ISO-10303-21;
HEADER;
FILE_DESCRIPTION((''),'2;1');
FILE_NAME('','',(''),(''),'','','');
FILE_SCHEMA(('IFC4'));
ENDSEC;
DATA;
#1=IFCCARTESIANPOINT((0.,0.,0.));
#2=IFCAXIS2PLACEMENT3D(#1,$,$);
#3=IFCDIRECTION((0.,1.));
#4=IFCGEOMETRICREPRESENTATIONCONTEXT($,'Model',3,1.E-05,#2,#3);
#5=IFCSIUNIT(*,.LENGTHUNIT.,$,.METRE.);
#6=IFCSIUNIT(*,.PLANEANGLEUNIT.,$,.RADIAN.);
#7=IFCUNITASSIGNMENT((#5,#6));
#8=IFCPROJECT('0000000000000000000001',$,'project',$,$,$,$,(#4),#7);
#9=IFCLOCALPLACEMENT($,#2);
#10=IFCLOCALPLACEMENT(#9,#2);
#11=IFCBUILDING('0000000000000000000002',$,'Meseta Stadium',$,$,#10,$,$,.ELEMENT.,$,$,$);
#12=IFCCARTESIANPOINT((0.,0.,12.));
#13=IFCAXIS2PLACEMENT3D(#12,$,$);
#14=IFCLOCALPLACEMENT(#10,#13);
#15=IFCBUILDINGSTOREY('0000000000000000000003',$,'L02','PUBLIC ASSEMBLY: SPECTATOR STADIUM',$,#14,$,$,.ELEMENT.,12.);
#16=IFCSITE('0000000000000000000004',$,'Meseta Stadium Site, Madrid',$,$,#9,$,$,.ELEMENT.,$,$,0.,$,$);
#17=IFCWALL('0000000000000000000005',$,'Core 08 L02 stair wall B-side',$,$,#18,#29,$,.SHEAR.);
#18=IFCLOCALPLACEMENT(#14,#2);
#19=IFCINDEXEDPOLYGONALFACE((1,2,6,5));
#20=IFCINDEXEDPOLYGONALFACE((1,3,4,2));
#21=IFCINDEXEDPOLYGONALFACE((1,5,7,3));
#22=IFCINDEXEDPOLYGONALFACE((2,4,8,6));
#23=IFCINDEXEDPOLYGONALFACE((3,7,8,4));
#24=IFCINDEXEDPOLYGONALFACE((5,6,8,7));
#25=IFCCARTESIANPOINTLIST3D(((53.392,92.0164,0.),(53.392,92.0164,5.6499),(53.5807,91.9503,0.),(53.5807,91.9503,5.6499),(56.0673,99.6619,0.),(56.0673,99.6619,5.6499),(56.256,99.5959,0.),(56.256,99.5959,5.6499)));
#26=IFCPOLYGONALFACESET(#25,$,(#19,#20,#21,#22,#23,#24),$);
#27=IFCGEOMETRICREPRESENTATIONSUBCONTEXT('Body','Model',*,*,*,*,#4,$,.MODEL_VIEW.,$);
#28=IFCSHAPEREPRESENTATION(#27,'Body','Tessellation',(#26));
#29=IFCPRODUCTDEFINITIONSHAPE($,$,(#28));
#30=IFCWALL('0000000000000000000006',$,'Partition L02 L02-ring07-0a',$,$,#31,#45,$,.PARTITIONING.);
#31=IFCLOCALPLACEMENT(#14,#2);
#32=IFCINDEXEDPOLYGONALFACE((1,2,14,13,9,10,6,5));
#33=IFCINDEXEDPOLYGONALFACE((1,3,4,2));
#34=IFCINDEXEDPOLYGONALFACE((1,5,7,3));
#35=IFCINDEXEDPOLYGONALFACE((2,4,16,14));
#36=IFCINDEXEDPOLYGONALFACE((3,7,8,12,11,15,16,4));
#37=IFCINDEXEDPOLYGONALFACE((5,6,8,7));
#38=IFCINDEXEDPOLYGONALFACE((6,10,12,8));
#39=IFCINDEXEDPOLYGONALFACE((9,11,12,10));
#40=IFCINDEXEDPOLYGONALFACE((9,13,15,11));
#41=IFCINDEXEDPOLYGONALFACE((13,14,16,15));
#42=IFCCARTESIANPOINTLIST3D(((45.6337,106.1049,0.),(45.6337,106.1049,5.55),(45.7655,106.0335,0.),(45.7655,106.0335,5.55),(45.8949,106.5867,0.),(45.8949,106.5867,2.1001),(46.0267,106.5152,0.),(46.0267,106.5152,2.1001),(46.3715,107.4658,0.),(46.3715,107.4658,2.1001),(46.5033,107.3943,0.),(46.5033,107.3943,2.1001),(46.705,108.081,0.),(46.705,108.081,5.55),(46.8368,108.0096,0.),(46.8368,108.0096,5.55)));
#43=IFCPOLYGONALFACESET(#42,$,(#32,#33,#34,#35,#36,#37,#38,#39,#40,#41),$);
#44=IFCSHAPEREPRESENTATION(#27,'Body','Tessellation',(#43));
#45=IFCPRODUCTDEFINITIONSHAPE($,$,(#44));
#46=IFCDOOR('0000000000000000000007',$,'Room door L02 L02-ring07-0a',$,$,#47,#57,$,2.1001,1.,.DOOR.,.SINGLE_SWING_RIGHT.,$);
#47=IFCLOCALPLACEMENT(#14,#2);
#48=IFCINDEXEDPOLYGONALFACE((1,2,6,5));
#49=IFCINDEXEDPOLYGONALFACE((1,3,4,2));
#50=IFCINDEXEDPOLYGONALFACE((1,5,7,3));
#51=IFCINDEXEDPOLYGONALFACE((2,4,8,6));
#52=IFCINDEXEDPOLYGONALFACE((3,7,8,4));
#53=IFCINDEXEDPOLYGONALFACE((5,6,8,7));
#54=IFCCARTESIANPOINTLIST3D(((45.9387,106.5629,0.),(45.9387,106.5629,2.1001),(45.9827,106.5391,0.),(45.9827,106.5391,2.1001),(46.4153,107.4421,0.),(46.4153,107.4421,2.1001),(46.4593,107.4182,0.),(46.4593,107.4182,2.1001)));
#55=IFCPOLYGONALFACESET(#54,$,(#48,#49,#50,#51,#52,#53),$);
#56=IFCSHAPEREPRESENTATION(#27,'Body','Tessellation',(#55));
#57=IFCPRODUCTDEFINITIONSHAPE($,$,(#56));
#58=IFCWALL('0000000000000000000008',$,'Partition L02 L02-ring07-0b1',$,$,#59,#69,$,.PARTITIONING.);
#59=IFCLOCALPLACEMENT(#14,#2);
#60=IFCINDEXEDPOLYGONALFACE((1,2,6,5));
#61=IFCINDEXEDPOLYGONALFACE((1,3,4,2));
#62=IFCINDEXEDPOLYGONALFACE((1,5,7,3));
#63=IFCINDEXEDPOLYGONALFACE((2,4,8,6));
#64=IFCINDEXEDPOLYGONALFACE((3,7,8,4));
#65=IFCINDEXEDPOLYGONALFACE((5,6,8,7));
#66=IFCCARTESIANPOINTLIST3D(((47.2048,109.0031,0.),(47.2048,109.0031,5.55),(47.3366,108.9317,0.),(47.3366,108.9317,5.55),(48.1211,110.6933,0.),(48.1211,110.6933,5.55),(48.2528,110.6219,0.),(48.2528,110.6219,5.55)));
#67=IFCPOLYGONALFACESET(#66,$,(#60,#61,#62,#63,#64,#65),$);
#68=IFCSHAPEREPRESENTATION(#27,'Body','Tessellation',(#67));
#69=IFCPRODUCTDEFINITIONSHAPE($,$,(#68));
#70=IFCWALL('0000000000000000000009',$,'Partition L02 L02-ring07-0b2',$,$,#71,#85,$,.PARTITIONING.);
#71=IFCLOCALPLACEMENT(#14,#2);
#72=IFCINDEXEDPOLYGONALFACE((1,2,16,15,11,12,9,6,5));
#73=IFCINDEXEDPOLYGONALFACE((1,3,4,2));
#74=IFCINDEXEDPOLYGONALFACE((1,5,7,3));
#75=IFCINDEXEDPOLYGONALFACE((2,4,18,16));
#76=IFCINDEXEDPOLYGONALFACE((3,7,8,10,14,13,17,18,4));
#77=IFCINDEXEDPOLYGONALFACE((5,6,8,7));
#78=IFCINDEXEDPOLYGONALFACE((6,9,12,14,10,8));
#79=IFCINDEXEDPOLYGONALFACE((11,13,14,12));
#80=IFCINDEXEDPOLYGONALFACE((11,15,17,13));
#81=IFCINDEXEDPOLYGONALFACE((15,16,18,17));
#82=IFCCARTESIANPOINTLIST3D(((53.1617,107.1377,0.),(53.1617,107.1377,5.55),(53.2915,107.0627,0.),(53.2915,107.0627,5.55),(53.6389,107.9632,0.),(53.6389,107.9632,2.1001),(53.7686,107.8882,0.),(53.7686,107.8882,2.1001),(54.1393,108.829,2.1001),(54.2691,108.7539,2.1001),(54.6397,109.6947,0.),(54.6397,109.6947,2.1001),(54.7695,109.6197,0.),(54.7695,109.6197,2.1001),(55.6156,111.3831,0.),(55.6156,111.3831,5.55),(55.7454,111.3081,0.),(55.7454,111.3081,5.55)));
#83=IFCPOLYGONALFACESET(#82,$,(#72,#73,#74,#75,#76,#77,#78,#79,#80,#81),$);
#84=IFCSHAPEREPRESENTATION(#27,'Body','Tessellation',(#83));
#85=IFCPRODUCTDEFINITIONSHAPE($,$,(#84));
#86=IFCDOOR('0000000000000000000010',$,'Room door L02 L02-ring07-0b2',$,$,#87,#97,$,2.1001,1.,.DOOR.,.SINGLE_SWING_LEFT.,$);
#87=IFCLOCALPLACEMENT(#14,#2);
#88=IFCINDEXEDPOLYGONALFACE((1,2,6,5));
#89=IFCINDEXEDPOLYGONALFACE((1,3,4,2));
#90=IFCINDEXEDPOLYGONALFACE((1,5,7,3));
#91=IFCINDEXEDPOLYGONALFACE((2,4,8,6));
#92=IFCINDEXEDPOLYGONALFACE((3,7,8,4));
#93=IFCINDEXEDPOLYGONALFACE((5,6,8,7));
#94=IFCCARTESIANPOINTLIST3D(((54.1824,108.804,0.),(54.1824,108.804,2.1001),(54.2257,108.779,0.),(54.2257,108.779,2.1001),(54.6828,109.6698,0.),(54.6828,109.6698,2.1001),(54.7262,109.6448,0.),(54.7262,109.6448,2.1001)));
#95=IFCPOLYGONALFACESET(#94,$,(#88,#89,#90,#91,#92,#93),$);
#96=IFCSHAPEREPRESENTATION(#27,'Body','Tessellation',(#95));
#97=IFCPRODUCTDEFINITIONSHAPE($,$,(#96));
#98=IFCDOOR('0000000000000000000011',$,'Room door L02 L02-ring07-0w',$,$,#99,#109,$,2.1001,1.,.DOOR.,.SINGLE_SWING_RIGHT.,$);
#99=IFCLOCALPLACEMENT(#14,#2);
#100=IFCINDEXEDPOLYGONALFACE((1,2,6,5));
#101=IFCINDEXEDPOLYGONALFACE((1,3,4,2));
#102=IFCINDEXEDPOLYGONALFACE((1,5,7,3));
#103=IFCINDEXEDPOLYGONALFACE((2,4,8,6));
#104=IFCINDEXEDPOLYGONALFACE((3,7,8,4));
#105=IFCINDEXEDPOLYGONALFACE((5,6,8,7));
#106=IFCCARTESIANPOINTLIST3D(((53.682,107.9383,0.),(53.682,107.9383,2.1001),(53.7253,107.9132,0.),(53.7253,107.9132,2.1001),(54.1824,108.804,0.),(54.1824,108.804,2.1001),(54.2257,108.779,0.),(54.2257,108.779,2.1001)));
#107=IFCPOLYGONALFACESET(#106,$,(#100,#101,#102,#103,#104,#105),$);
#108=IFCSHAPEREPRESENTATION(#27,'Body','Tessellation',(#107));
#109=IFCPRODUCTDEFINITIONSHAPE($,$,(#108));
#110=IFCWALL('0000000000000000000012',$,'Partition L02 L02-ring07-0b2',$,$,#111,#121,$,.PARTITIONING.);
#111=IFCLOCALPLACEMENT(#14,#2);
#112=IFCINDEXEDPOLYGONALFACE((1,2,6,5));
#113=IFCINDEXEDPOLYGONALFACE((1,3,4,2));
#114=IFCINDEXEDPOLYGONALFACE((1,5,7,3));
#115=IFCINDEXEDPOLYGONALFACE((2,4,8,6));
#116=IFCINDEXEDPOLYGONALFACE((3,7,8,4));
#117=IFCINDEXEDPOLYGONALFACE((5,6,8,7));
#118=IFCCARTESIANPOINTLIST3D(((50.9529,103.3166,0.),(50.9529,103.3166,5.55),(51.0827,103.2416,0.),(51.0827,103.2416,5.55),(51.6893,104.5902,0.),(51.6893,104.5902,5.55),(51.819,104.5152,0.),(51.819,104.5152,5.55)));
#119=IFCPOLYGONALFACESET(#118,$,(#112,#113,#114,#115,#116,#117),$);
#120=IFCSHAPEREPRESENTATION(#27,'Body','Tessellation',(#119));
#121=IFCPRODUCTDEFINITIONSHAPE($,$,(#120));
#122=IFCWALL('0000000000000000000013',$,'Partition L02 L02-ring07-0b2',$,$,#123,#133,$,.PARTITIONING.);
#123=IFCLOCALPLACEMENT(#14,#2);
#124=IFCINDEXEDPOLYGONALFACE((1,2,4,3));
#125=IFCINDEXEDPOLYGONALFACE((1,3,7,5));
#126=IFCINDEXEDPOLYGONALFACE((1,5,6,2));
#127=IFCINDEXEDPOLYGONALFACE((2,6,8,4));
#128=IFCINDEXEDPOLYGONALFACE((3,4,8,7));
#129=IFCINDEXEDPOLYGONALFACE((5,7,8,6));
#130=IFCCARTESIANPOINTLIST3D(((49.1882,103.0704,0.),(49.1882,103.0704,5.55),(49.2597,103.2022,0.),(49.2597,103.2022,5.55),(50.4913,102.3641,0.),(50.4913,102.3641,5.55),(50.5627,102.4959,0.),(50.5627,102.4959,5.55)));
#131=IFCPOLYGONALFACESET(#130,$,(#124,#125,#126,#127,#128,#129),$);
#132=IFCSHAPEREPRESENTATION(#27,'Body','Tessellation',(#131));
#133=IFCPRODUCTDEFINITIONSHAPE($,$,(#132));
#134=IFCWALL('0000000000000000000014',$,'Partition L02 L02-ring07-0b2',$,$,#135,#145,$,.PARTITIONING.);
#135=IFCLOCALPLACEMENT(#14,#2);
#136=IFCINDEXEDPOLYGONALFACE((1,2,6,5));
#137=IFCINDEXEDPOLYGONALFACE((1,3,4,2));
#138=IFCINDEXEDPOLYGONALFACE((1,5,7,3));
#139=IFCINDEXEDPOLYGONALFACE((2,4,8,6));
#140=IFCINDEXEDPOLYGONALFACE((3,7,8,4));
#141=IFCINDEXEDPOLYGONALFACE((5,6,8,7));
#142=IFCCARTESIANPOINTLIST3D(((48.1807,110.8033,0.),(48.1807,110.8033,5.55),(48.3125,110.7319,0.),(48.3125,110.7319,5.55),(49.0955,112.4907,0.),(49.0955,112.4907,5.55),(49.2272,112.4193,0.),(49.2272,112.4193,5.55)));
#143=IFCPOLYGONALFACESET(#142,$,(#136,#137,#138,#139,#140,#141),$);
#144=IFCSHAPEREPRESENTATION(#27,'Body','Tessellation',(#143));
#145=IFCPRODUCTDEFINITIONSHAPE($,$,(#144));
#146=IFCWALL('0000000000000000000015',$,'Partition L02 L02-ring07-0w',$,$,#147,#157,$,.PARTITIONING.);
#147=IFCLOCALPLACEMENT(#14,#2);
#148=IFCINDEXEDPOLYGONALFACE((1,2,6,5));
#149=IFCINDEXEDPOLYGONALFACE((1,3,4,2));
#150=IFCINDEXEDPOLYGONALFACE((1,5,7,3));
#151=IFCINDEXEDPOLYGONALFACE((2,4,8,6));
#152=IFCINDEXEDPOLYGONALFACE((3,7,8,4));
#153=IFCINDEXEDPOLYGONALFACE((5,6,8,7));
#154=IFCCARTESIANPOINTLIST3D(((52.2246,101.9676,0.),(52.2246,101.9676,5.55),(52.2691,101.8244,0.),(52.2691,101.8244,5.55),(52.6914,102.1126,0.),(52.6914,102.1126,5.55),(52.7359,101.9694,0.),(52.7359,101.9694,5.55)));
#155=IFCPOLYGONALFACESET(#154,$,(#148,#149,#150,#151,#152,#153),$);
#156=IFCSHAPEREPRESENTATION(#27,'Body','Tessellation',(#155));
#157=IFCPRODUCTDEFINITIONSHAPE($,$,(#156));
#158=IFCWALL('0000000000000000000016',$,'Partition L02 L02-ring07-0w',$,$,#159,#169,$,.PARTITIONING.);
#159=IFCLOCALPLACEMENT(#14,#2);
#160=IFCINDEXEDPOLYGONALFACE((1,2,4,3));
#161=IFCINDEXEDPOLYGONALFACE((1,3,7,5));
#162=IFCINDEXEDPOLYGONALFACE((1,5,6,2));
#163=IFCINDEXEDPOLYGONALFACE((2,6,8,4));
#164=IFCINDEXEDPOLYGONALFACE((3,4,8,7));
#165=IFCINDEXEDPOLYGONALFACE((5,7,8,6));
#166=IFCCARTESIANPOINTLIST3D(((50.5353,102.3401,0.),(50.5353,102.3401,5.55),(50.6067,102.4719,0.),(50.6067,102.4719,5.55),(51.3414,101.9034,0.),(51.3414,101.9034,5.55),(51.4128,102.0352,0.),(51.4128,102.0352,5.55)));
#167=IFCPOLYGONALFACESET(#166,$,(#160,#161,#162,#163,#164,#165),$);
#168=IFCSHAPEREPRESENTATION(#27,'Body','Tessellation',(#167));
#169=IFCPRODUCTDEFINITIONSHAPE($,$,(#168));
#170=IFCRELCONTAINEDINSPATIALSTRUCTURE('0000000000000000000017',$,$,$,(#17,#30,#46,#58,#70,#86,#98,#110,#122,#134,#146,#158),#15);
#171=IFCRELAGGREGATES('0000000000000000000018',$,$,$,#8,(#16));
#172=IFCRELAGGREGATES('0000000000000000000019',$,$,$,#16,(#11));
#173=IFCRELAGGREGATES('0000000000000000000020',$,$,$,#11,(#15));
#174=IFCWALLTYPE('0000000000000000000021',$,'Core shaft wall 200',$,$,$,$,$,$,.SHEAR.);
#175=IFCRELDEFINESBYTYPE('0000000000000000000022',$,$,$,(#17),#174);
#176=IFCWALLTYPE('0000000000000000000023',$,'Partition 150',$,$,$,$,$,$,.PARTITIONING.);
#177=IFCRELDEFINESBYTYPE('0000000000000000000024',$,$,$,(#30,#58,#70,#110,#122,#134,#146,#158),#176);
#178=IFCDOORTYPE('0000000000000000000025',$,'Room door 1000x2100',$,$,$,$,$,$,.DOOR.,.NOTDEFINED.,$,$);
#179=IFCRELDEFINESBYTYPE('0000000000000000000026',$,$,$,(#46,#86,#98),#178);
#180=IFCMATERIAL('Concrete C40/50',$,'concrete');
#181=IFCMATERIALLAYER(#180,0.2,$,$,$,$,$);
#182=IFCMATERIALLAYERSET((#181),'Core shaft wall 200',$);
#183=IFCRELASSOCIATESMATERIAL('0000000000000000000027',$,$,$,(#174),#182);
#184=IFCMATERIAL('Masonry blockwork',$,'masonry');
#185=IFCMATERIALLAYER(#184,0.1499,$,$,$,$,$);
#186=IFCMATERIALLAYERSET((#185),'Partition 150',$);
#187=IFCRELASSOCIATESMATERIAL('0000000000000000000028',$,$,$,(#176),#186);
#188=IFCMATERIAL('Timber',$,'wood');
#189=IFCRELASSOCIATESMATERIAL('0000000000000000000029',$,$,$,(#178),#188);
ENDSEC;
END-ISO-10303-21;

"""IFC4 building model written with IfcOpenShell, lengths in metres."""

from ifc_helpers import new_model, si_unit, direction, frame, frame_2d, origin, place, context, subcontext, project, spatial, rectangle, extrude, material, layer, layer_set, type_object, element, fill, save


model = new_model("IFC4")

# Units and contexts
model_context = context("Model", 3, precision=1e-05, world=origin(), true_north=direction((0.0, 1.0)))
body_context = subcontext(model_context, "Body", "Model", "MODEL_VIEW")
ifc_project = project(units=[si_unit("LENGTHUNIT", "METRE"), si_unit("PLANEANGLEUNIT", "RADIAN")], contexts=[model_context])

# Site, building, storey
site_placement = place(None, origin())
site = spatial("IfcSite", under=ifc_project, at=site_placement, Name="Meseta Stadium Site, Madrid", CompositionType="ELEMENT", RefElevation=0.0)
building_placement = place(site_placement, origin())
building = spatial("IfcBuilding", under=site, at=building_placement, Name="Meseta Stadium", CompositionType="ELEMENT")
storey_placement = place(building_placement, frame((0.0, 0.0, 12.0)))
storey = spatial("IfcBuildingStorey", under=building, at=storey_placement, Name="L02", Description="PUBLIC ASSEMBLY: SPECTATOR STADIUM", CompositionType="ELEMENT", Elevation=12.0)

# Wall
ifc_material_1 = material(Name="Concrete C40/50", Category="concrete")
ifc_layer_1 = layer(ifc_material_1, 0.2)
ifc_layer_set_1 = layer_set([ifc_layer_1], Name="Core shaft wall 200")
wall_type_1 = type_object("IfcWallType", Name="Core shaft wall 200", PredefinedType="SHEAR", material=ifc_layer_set_1)
wall_1_placement = place(storey_placement, frame((56.1616, 99.6289, 0.0), z_axis=(0.0, 0.0, 1.0), x_axis=(-0.330281, -0.943883, 0.0)))
element("IfcWall", 1, at=wall_1_placement, inside=storey, type_object=wall_type_1, Name="Core 08 L02 stair wall B-side", PredefinedType="SHEAR", context=body_context, shape_type="SweptSolid", body=[
    extrude(rectangle(XDim=8.1001, YDim=0.2, at=frame_2d((4.05, 0.0))), origin(), (0.0, 0.0, 1.0), 5.6499),
])

# Wall, opening, door
ifc_material_2 = material(Name="Masonry blockwork", Category="masonry")
ifc_layer_2 = layer(ifc_material_2, 0.1499)
ifc_layer_set_2 = layer_set([ifc_layer_2], Name="Partition 150")
wall_type_2 = type_object("IfcWallType", Name="Partition 150", PredefinedType="PARTITIONING", material=ifc_layer_set_2)
wall_2_placement = place(storey_placement, frame((46.771, 108.0454, 0.0), z_axis=(0.0, 0.0, 1.0), x_axis=(-0.476598, -0.879121, 0.0)))
wall_2 = element("IfcWall", 2, at=wall_2_placement, inside=storey, type_object=wall_type_2, Name="Partition L02 L02-ring07-0a", PredefinedType="PARTITIONING", context=body_context, shape_type="SweptSolid", body=[
    extrude(rectangle(XDim=2.2478, YDim=0.1499, at=frame_2d((1.124, 0.0))), origin(), (0.0, 0.0, 1.0), 5.55),
])
opening_1_placement = place(wall_2_placement, frame((0.7, 0.0, 0.0)))
opening_1 = element("IfcOpeningElement", 3, at=opening_1_placement, cuts=wall_2, PredefinedType="OPENING", context=body_context, shape_type="SweptSolid", body=[
    extrude(rectangle(XDim=1.0, YDim=2.1001, at=frame_2d((0.5, 1.05))), frame((0.0, 0.085, 0.0), z_axis=(0.0, -1.0, 0.0), x_axis=(1.0, 0.0, 0.0)), (0.0, 0.0, 1.0), 0.1699),
])
ifc_material_3 = material(Name="Timber", Category="wood")
door_type = type_object("IfcDoorType", Name="Room door 1000x2100", OperationType="NOTDEFINED", PredefinedType="DOOR", material=ifc_material_3)
door_1_placement = place(opening_1_placement, origin())
door_1 = element("IfcDoor", 4, at=door_1_placement, inside=storey, type_object=door_type, Name="Room door L02 L02-ring07-0a", OperationType="SINGLE_SWING_RIGHT", OverallHeight=2.1001, OverallWidth=1.0, PredefinedType="DOOR", context=body_context, shape_type="SweptSolid", body=[
    extrude(rectangle(XDim=1.0, YDim=2.1001, at=frame_2d((0.5, 1.05))), frame((0.0, 0.0249, 0.0), z_axis=(0.0, -1.0, 0.0), x_axis=(1.0, 0.0, 0.0)), (0.0, 0.0, 1.0), 0.05),
])
fill(opening_1, door_1)

# Wall
wall_3_placement = place(storey_placement, frame((48.187, 110.6577, 0.0), z_axis=(0.0, 0.0, 1.0), x_axis=(-0.476582, -0.87913, 0.0)))
element("IfcWall", 5, at=wall_3_placement, inside=storey, type_object=wall_type_2, Name="Partition L02 L02-ring07-0b1", PredefinedType="PARTITIONING", context=body_context, shape_type="SweptSolid", body=[
    extrude(rectangle(XDim=1.9226, YDim=0.1499, at=frame_2d((0.9614, 0.0))), origin(), (0.0, 0.0, 1.0), 5.55),
])

# Wall, openings, doors
wall_4_placement = place(storey_placement, frame((55.6804, 111.3455, 0.0), z_axis=(0.0, 0.0, 1.0), x_axis=(-0.500428, -0.865778, 0.0)))
wall_4 = element("IfcWall", 6, at=wall_4_placement, inside=storey, type_object=wall_type_2, Name="Partition L02 L02-ring07-0b2", PredefinedType="PARTITIONING", context=body_context, shape_type="SweptSolid", body=[
    extrude(rectangle(XDim=4.9036, YDim=0.1499, at=frame_2d((2.4517, 0.0))), origin(), (0.0, 0.0, 1.0), 5.55),
])
opening_2_placement = place(wall_4_placement, frame((1.95, 0.0, 0.0)))
opening_2 = element("IfcOpeningElement", 7, at=opening_2_placement, cuts=wall_4, PredefinedType="OPENING", context=body_context, shape_type="SweptSolid", body=[
    extrude(rectangle(XDim=1.0, YDim=2.1001, at=frame_2d((0.5, 1.05))), frame((0.0, 0.085, 0.0), z_axis=(0.0, -1.0, 0.0), x_axis=(1.0, 0.0, 0.0)), (0.0, 0.0, 1.0), 0.1699),
])
opening_3_placement = place(wall_4_placement, frame((2.95, 0.0, 0.0)))
opening_3 = element("IfcOpeningElement", 8, at=opening_3_placement, cuts=wall_4, PredefinedType="OPENING", context=body_context, shape_type="SweptSolid", body=[
    extrude(rectangle(XDim=1.0, YDim=2.1001, at=frame_2d((0.5, 1.05))), frame((0.0, 0.085, 0.0), z_axis=(0.0, -1.0, 0.0), x_axis=(1.0, 0.0, 0.0)), (0.0, 0.0, 1.0), 0.1699),
])
door_2_placement = place(opening_2_placement, origin())
door_2 = element("IfcDoor", 9, at=door_2_placement, inside=storey, type_object=door_type, Name="Room door L02 L02-ring07-0b2", OperationType="SINGLE_SWING_LEFT", OverallHeight=2.1001, OverallWidth=1.0, PredefinedType="DOOR", context=body_context, shape_type="SweptSolid", body=[
    extrude(rectangle(XDim=1.0, YDim=2.1001, at=frame_2d((0.5, 1.05))), frame((0.0, 0.0249, 0.0), z_axis=(0.0, -1.0, 0.0), x_axis=(1.0, 0.0, 0.0)), (0.0, 0.0, 1.0), 0.05),
])
fill(opening_2, door_2)
door_3_placement = place(opening_3_placement, origin())
door_3 = element("IfcDoor", 10, at=door_3_placement, inside=storey, type_object=door_type, Name="Room door L02 L02-ring07-0w", OperationType="SINGLE_SWING_RIGHT", OverallHeight=2.1001, OverallWidth=1.0, PredefinedType="DOOR", context=body_context, shape_type="SweptSolid", body=[
    extrude(rectangle(XDim=1.0, YDim=2.1001, at=frame_2d((0.5, 1.05))), frame((0.0, 0.0249, 0.0), z_axis=(0.0, -1.0, 0.0), x_axis=(1.0, 0.0, 0.0)), (0.0, 0.0, 1.0), 0.05),
])
fill(opening_3, door_3)

# Walls
wall_5_placement = place(storey_placement, frame((51.7542, 104.5527, 0.0), z_axis=(0.0, 0.0, 1.0), x_axis=(-0.500493, -0.86574, 0.0)))
element("IfcWall", 11, at=wall_5_placement, inside=storey, type_object=wall_type_2, Name="Partition L02 L02-ring07-0b2", PredefinedType="PARTITIONING", context=body_context, shape_type="SweptSolid", body=[
    extrude(rectangle(XDim=1.4712, YDim=0.1499, at=frame_2d((0.7356, 0.0))), origin(), (0.0, 0.0, 1.0), 5.55),
])
wall_6_placement = place(storey_placement, frame((50.5271, 102.4299, 0.0), z_axis=(0.0, 0.0, 1.0), x_axis=(-0.879145, 0.476554, 0.0)))
element("IfcWall", 12, at=wall_6_placement, inside=storey, type_object=wall_type_2, Name="Partition L02 L02-ring07-0b2", PredefinedType="PARTITIONING", context=body_context, shape_type="SweptSolid", body=[
    extrude(rectangle(XDim=1.4822, YDim=0.1499, at=frame_2d((0.7412, 0.0))), origin(), (0.0, 0.0, 1.0), 5.55),
])
wall_7_placement = place(storey_placement, frame((48.2466, 110.7676, 0.0), z_axis=(0.0, 0.0, 1.0), x_axis=(0.476578, 0.879132, 0.0)))
element("IfcWall", 13, at=wall_7_placement, inside=storey, type_object=wall_type_2, Name="Partition L02 L02-ring07-0b2", PredefinedType="PARTITIONING", context=body_context, shape_type="SweptSolid", body=[
    extrude(rectangle(XDim=1.9194, YDim=0.1499, at=frame_2d((0.9597, 0.0))), origin(), (0.0, 0.0, 1.0), 5.55),
])
wall_8_placement = place(storey_placement, frame((52.7136, 102.041, 0.0), z_axis=(0.0, 0.0, 1.0), x_axis=(-0.954976, -0.296682, 0.0)))
element("IfcWall", 14, at=wall_8_placement, inside=storey, type_object=wall_type_2, Name="Partition L02 L02-ring07-0w", PredefinedType="PARTITIONING", context=body_context, shape_type="SweptSolid", body=[
    extrude(rectangle(XDim=0.4888, YDim=0.1499, at=frame_2d((0.2444, 0.0))), origin(), (0.0, 0.0, 1.0), 5.55),
])
wall_9_placement = place(storey_placement, frame((51.3772, 101.9692, 0.0), z_axis=(0.0, 0.0, 1.0), x_axis=(-0.879245, 0.476369, 0.0)))
element("IfcWall", 15, at=wall_9_placement, inside=storey, type_object=wall_type_2, Name="Partition L02 L02-ring07-0w", PredefinedType="PARTITIONING", context=body_context, shape_type="SweptSolid", body=[
    extrude(rectangle(XDim=0.9167, YDim=0.1499, at=frame_2d((0.4585, 0.0))), origin(), (0.0, 0.0, 1.0), 5.55),
])

save(model, "model.ifc")
